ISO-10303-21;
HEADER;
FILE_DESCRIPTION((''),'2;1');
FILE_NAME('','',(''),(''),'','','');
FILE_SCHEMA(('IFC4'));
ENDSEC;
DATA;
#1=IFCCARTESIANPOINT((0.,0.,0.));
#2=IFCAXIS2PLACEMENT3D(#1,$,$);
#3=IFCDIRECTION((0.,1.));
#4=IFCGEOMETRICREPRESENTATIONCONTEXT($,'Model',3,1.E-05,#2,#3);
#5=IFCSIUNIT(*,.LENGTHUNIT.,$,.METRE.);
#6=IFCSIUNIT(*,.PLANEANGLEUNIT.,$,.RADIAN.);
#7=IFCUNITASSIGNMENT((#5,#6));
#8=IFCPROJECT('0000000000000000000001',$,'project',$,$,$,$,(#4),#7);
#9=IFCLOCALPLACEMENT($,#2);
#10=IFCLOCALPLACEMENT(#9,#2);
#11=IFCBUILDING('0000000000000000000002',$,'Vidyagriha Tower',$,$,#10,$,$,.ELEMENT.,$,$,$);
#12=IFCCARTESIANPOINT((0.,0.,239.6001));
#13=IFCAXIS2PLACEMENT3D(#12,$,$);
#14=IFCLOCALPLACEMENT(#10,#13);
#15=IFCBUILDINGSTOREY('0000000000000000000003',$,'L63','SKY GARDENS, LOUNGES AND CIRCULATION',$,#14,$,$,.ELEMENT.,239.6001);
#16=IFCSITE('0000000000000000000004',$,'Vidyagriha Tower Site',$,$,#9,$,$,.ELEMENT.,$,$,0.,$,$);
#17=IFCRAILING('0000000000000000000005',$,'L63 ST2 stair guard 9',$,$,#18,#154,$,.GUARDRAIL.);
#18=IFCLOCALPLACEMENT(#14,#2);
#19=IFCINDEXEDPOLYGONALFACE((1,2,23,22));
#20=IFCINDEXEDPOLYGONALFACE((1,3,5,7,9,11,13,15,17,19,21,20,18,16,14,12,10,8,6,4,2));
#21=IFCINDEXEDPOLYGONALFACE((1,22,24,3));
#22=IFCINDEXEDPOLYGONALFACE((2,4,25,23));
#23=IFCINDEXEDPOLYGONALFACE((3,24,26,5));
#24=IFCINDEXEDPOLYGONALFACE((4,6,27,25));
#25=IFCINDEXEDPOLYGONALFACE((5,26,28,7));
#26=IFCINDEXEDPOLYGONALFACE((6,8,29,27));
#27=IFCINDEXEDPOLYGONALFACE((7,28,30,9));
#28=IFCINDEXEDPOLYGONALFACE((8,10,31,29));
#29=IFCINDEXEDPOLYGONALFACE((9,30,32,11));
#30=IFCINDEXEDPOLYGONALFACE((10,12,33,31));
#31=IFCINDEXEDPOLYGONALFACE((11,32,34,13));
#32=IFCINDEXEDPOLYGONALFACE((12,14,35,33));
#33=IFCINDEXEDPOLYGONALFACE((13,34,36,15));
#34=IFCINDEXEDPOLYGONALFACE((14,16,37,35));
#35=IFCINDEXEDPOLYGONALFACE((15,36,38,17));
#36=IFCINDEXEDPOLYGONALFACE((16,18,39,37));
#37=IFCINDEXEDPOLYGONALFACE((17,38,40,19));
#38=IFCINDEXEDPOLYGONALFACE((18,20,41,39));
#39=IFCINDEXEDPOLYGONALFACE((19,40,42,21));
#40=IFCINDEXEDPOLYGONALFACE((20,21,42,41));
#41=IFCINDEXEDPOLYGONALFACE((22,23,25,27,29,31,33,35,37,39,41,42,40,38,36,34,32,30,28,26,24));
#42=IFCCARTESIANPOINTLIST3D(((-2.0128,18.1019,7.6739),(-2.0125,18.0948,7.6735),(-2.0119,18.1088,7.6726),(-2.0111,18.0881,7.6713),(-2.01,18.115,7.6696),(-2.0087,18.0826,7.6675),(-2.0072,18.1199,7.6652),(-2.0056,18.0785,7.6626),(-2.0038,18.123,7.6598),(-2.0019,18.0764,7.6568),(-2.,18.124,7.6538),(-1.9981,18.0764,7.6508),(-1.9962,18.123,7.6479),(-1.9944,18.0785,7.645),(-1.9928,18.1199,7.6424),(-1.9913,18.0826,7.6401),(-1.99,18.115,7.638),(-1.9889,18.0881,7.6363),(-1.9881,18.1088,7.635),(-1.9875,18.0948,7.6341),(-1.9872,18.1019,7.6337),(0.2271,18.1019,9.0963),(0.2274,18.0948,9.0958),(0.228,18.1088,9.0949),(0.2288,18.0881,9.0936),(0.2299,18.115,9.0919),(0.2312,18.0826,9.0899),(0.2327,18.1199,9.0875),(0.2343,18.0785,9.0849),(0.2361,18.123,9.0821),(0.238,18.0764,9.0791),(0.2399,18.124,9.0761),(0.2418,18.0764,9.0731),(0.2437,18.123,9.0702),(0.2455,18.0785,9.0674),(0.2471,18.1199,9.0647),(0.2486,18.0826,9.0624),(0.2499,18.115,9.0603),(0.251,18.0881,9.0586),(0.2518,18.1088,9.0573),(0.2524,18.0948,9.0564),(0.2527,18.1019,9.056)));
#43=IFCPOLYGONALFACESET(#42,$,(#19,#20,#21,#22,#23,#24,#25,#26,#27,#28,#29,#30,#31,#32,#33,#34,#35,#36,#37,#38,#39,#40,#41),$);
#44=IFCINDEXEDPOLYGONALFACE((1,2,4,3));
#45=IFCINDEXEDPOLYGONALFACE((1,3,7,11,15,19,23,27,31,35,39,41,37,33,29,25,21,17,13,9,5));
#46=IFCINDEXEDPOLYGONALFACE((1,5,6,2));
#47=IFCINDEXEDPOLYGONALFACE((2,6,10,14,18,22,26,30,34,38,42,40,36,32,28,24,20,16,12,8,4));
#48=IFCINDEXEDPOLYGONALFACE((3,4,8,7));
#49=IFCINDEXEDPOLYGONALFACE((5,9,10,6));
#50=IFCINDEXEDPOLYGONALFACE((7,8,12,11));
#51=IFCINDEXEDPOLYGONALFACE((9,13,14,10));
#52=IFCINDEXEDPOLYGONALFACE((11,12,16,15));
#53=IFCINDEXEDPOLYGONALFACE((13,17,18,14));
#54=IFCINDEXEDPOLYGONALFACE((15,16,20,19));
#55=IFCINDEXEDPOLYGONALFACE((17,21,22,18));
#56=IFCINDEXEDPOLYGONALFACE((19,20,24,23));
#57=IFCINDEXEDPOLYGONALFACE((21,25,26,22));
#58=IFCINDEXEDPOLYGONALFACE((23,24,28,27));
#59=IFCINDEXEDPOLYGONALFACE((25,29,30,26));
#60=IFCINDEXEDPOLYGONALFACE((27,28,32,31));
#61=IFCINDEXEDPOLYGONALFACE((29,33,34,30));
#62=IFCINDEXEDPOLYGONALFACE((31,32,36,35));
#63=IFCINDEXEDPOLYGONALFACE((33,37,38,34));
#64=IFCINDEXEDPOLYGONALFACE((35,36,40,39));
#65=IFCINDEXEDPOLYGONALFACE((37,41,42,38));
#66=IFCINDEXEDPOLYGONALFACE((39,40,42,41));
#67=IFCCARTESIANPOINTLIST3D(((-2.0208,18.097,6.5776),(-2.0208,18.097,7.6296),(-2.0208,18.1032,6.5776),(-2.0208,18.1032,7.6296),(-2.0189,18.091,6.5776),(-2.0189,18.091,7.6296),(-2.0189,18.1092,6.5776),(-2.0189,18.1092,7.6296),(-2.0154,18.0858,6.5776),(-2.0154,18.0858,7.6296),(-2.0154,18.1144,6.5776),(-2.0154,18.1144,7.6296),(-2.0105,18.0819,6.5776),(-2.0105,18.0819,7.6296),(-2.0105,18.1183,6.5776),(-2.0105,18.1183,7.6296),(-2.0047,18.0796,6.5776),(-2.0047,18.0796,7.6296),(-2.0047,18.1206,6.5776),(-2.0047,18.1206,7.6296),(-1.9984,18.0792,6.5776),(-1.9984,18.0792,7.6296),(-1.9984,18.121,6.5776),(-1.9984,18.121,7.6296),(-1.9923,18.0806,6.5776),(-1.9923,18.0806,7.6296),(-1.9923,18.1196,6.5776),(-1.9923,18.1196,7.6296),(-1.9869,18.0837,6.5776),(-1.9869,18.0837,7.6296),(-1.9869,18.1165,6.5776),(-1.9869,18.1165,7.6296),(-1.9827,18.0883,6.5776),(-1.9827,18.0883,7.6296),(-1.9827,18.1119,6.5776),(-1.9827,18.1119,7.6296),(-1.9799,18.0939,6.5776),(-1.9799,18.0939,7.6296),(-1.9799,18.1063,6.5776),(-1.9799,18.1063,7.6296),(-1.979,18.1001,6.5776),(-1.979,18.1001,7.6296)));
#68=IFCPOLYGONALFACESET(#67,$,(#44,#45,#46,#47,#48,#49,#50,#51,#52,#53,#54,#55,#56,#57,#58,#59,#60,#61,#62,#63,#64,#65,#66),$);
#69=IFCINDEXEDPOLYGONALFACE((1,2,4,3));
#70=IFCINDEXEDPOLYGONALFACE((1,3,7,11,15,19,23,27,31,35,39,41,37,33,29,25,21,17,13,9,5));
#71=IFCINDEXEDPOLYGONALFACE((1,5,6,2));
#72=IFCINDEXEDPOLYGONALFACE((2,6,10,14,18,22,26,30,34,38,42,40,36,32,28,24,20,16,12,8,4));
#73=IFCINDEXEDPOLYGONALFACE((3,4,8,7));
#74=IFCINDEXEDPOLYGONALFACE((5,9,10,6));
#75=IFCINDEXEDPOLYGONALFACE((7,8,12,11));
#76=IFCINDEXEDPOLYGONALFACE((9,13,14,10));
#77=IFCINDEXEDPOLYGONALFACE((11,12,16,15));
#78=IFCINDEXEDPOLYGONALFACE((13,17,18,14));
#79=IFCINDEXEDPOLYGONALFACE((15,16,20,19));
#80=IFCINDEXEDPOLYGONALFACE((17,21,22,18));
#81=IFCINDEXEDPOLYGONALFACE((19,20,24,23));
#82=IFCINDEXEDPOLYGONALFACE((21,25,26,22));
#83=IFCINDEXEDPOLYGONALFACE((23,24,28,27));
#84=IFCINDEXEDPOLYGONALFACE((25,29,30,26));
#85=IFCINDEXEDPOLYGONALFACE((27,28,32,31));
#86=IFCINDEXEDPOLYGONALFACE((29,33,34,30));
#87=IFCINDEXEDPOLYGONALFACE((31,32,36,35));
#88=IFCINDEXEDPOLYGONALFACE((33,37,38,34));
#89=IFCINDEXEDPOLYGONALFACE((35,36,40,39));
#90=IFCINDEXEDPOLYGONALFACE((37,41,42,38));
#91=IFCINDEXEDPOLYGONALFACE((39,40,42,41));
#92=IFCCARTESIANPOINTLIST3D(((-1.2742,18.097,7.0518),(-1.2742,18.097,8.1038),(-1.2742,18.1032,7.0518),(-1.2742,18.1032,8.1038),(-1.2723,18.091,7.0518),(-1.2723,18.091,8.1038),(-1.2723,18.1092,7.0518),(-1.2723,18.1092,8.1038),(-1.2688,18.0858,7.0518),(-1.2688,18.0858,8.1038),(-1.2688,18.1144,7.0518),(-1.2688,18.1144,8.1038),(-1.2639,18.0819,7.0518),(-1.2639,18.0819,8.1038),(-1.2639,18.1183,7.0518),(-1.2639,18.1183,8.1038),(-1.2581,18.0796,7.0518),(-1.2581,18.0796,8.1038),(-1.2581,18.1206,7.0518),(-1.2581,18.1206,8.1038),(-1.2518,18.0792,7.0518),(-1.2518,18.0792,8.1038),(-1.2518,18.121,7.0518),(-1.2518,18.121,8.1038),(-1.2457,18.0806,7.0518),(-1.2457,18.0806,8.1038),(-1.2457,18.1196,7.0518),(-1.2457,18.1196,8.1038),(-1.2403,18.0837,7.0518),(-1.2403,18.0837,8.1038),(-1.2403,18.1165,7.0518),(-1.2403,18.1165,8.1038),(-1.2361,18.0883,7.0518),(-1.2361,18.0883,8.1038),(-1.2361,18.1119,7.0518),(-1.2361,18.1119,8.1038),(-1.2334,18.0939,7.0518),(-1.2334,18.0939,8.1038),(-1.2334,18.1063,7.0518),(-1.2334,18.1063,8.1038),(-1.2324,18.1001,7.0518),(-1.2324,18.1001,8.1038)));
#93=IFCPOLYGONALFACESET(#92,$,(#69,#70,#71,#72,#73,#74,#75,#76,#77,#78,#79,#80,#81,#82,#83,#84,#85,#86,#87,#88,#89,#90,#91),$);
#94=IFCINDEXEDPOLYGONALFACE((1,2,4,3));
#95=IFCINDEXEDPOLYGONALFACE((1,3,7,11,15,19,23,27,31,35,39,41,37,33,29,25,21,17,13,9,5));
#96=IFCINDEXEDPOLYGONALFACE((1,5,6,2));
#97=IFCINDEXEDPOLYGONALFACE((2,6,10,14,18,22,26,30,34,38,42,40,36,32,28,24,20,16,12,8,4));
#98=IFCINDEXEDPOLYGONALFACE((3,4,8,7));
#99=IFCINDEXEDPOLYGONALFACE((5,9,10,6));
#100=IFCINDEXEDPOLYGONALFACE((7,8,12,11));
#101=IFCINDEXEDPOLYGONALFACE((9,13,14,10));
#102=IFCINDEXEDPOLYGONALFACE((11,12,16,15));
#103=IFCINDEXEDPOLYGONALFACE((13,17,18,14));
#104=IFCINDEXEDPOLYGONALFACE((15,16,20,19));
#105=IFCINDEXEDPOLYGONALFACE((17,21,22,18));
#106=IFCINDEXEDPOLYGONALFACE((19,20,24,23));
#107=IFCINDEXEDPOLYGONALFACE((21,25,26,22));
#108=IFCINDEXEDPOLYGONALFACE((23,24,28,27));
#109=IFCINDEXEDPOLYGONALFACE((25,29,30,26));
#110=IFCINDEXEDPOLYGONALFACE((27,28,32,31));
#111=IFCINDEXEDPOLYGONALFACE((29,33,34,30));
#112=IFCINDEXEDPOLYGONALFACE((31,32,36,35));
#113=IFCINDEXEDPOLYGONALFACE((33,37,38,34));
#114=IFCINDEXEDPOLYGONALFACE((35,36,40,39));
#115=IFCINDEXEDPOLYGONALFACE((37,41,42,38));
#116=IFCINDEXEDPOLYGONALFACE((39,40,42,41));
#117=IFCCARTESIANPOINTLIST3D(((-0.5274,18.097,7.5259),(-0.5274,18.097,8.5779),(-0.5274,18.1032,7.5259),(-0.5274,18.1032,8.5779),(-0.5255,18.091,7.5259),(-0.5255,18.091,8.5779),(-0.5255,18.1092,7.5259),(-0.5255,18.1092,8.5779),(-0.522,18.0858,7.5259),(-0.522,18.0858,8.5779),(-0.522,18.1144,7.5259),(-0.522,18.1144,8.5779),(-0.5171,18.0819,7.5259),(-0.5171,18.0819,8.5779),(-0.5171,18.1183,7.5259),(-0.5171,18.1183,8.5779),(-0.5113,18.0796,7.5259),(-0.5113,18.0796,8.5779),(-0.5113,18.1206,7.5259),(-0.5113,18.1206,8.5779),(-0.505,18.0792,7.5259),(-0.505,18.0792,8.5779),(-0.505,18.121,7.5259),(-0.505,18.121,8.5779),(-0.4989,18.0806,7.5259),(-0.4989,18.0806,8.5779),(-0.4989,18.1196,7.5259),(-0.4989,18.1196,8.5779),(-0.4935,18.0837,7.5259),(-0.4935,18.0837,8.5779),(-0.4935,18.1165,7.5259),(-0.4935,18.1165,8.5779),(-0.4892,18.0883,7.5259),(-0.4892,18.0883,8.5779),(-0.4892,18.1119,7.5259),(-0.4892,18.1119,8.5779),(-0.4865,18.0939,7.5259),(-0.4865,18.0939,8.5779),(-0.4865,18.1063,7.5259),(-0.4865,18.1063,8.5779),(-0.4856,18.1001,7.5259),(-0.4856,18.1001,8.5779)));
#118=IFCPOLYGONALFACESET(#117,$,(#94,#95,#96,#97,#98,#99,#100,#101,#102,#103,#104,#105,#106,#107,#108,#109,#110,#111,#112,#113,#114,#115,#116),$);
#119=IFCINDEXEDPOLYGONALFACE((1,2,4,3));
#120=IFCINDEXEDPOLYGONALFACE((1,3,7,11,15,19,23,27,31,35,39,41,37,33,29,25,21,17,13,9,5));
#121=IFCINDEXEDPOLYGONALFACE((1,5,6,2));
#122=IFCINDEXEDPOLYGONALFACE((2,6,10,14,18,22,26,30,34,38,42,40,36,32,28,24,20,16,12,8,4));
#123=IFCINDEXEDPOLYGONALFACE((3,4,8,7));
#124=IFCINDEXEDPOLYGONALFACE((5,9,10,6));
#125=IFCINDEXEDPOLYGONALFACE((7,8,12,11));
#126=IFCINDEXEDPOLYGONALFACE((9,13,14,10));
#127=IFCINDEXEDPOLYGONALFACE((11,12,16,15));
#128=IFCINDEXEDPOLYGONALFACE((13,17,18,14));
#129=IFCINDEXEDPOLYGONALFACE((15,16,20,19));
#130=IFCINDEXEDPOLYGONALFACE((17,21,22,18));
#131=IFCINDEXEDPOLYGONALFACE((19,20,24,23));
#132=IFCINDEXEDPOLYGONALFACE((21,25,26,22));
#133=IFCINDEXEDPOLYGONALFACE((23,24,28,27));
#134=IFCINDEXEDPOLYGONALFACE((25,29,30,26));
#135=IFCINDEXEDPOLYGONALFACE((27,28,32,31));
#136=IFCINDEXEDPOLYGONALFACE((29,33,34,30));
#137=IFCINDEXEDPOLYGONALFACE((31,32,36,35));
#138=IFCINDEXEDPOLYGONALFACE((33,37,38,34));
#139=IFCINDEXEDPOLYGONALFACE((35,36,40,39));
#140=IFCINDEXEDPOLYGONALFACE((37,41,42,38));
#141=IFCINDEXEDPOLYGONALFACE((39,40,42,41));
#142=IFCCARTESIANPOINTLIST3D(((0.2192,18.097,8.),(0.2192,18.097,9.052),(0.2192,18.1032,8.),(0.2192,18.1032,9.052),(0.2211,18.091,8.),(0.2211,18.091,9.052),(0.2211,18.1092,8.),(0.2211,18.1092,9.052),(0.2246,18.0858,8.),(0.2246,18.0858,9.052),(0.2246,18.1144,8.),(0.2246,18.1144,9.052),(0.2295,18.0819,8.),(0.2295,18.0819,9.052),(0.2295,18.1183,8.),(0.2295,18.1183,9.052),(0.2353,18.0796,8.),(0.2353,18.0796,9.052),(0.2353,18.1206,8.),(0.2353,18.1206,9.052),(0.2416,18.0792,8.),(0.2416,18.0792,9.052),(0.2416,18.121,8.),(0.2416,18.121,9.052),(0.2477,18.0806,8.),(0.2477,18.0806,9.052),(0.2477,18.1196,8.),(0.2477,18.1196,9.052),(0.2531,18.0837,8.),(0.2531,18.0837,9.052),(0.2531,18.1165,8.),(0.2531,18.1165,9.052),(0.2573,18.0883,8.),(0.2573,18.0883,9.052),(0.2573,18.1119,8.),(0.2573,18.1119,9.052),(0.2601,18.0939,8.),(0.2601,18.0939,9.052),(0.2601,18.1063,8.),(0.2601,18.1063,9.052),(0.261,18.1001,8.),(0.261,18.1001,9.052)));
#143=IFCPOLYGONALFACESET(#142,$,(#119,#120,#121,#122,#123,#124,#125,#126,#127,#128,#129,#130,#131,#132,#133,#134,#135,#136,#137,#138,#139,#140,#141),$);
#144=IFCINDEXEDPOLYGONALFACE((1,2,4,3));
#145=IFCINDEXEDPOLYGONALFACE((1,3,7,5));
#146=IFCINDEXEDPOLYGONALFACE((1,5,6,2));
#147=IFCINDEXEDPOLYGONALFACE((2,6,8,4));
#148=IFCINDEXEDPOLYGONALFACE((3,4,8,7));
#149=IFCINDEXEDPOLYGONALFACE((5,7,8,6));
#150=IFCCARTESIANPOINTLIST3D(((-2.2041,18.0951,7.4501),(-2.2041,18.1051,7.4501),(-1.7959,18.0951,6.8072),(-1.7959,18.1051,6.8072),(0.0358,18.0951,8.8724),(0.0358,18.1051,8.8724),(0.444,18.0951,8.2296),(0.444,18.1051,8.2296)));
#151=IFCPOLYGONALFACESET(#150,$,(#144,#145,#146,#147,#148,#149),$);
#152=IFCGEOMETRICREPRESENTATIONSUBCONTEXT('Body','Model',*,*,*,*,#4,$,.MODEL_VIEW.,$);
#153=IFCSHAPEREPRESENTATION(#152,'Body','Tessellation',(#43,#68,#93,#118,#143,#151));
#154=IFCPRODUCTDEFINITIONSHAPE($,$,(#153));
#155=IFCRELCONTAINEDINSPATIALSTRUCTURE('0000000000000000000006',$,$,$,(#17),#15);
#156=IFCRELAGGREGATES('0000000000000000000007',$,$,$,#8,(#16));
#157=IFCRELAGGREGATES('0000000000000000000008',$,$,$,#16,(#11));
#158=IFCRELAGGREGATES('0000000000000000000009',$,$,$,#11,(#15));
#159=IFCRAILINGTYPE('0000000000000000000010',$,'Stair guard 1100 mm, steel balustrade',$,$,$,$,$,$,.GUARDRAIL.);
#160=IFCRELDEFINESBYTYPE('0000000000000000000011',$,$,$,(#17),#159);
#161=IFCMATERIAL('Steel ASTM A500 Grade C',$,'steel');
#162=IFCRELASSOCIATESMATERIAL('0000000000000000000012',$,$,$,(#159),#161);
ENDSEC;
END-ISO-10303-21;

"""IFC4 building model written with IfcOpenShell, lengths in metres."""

from ifc_helpers import new_model, si_unit, direction, frame, origin, origin_2d, place, context, subcontext, project, spatial, rectangle, circle, extrude, material, type_object, element, save


model = new_model("IFC4")

# Units and contexts
model_context = context("Model", 3, precision=1e-05, world=origin(), true_north=direction((0.0, 1.0)))
body_context = subcontext(model_context, "Body", "Model", "MODEL_VIEW")
ifc_project = project(units=[si_unit("LENGTHUNIT", "METRE"), si_unit("PLANEANGLEUNIT", "RADIAN")], contexts=[model_context])

# Site, building, storey
site_placement = place(None, origin())
site = spatial("IfcSite", under=ifc_project, at=site_placement, Name="Vidyagriha Tower Site", CompositionType="ELEMENT", RefElevation=0.0)
building_placement = place(site_placement, origin())
building = spatial("IfcBuilding", under=site, at=building_placement, Name="Vidyagriha Tower", CompositionType="ELEMENT")
storey_placement = place(building_placement, frame((0.0, 0.0, 239.6001)))
storey = spatial("IfcBuildingStorey", under=building, at=storey_placement, Name="L63", Description="SKY GARDENS, LOUNGES AND CIRCULATION", CompositionType="ELEMENT", Elevation=239.6001)

# Railing
ifc_material_1 = material(Name="Steel ASTM A500 Grade C", Category="steel")
railing_type_1 = type_object("IfcRailingType", Name="Stair guard 1100 mm, steel balustrade", PredefinedType="GUARDRAIL", material=ifc_material_1)
railing_1_placement = place(storey_placement, frame((-2.0, 18.1001, 6.5776)))
element("IfcRailing", 1, at=railing_1_placement, inside=storey, type_object=railing_type_1, Name="L63 ST2 stair guard 9", PredefinedType="GUARDRAIL", context=body_context, shape_type="SweptSolid", body=[
    extrude(circle(Radius=0.0239, at=origin_2d()), frame((0.0, 0.0, 1.0762), z_axis=(0.844188, 0.0, 0.536048), x_axis=(0.0, 1.0, 0.0)), (0.0, 0.0, 1.0), 2.6533),
    extrude(circle(Radius=0.021, at=origin_2d()), origin(), (0.0, 0.0, 1.0), 1.052),
    extrude(circle(Radius=0.021, at=origin_2d()), frame((0.7466, 0.0, 0.4741)), (0.0, 0.0, 1.0), 1.052),
    extrude(circle(Radius=0.021, at=origin_2d()), frame((1.4934, 0.0, 0.9482)), (0.0, 0.0, 1.0), 1.052),
    extrude(circle(Radius=0.021, at=origin_2d()), frame((2.24, 0.0, 1.4224)), (0.0, 0.0, 1.0), 1.052),
    extrude(rectangle(XDim=0.01, YDim=0.7615, at=origin_2d()), frame((0.0, 0.0, 0.551), z_axis=(0.844188, 0.0, 0.536048), x_axis=(0.0, 1.0, 0.0)), (0.0, 0.0, 1.0), 2.6533),
])

save(model, "model.ifc")
